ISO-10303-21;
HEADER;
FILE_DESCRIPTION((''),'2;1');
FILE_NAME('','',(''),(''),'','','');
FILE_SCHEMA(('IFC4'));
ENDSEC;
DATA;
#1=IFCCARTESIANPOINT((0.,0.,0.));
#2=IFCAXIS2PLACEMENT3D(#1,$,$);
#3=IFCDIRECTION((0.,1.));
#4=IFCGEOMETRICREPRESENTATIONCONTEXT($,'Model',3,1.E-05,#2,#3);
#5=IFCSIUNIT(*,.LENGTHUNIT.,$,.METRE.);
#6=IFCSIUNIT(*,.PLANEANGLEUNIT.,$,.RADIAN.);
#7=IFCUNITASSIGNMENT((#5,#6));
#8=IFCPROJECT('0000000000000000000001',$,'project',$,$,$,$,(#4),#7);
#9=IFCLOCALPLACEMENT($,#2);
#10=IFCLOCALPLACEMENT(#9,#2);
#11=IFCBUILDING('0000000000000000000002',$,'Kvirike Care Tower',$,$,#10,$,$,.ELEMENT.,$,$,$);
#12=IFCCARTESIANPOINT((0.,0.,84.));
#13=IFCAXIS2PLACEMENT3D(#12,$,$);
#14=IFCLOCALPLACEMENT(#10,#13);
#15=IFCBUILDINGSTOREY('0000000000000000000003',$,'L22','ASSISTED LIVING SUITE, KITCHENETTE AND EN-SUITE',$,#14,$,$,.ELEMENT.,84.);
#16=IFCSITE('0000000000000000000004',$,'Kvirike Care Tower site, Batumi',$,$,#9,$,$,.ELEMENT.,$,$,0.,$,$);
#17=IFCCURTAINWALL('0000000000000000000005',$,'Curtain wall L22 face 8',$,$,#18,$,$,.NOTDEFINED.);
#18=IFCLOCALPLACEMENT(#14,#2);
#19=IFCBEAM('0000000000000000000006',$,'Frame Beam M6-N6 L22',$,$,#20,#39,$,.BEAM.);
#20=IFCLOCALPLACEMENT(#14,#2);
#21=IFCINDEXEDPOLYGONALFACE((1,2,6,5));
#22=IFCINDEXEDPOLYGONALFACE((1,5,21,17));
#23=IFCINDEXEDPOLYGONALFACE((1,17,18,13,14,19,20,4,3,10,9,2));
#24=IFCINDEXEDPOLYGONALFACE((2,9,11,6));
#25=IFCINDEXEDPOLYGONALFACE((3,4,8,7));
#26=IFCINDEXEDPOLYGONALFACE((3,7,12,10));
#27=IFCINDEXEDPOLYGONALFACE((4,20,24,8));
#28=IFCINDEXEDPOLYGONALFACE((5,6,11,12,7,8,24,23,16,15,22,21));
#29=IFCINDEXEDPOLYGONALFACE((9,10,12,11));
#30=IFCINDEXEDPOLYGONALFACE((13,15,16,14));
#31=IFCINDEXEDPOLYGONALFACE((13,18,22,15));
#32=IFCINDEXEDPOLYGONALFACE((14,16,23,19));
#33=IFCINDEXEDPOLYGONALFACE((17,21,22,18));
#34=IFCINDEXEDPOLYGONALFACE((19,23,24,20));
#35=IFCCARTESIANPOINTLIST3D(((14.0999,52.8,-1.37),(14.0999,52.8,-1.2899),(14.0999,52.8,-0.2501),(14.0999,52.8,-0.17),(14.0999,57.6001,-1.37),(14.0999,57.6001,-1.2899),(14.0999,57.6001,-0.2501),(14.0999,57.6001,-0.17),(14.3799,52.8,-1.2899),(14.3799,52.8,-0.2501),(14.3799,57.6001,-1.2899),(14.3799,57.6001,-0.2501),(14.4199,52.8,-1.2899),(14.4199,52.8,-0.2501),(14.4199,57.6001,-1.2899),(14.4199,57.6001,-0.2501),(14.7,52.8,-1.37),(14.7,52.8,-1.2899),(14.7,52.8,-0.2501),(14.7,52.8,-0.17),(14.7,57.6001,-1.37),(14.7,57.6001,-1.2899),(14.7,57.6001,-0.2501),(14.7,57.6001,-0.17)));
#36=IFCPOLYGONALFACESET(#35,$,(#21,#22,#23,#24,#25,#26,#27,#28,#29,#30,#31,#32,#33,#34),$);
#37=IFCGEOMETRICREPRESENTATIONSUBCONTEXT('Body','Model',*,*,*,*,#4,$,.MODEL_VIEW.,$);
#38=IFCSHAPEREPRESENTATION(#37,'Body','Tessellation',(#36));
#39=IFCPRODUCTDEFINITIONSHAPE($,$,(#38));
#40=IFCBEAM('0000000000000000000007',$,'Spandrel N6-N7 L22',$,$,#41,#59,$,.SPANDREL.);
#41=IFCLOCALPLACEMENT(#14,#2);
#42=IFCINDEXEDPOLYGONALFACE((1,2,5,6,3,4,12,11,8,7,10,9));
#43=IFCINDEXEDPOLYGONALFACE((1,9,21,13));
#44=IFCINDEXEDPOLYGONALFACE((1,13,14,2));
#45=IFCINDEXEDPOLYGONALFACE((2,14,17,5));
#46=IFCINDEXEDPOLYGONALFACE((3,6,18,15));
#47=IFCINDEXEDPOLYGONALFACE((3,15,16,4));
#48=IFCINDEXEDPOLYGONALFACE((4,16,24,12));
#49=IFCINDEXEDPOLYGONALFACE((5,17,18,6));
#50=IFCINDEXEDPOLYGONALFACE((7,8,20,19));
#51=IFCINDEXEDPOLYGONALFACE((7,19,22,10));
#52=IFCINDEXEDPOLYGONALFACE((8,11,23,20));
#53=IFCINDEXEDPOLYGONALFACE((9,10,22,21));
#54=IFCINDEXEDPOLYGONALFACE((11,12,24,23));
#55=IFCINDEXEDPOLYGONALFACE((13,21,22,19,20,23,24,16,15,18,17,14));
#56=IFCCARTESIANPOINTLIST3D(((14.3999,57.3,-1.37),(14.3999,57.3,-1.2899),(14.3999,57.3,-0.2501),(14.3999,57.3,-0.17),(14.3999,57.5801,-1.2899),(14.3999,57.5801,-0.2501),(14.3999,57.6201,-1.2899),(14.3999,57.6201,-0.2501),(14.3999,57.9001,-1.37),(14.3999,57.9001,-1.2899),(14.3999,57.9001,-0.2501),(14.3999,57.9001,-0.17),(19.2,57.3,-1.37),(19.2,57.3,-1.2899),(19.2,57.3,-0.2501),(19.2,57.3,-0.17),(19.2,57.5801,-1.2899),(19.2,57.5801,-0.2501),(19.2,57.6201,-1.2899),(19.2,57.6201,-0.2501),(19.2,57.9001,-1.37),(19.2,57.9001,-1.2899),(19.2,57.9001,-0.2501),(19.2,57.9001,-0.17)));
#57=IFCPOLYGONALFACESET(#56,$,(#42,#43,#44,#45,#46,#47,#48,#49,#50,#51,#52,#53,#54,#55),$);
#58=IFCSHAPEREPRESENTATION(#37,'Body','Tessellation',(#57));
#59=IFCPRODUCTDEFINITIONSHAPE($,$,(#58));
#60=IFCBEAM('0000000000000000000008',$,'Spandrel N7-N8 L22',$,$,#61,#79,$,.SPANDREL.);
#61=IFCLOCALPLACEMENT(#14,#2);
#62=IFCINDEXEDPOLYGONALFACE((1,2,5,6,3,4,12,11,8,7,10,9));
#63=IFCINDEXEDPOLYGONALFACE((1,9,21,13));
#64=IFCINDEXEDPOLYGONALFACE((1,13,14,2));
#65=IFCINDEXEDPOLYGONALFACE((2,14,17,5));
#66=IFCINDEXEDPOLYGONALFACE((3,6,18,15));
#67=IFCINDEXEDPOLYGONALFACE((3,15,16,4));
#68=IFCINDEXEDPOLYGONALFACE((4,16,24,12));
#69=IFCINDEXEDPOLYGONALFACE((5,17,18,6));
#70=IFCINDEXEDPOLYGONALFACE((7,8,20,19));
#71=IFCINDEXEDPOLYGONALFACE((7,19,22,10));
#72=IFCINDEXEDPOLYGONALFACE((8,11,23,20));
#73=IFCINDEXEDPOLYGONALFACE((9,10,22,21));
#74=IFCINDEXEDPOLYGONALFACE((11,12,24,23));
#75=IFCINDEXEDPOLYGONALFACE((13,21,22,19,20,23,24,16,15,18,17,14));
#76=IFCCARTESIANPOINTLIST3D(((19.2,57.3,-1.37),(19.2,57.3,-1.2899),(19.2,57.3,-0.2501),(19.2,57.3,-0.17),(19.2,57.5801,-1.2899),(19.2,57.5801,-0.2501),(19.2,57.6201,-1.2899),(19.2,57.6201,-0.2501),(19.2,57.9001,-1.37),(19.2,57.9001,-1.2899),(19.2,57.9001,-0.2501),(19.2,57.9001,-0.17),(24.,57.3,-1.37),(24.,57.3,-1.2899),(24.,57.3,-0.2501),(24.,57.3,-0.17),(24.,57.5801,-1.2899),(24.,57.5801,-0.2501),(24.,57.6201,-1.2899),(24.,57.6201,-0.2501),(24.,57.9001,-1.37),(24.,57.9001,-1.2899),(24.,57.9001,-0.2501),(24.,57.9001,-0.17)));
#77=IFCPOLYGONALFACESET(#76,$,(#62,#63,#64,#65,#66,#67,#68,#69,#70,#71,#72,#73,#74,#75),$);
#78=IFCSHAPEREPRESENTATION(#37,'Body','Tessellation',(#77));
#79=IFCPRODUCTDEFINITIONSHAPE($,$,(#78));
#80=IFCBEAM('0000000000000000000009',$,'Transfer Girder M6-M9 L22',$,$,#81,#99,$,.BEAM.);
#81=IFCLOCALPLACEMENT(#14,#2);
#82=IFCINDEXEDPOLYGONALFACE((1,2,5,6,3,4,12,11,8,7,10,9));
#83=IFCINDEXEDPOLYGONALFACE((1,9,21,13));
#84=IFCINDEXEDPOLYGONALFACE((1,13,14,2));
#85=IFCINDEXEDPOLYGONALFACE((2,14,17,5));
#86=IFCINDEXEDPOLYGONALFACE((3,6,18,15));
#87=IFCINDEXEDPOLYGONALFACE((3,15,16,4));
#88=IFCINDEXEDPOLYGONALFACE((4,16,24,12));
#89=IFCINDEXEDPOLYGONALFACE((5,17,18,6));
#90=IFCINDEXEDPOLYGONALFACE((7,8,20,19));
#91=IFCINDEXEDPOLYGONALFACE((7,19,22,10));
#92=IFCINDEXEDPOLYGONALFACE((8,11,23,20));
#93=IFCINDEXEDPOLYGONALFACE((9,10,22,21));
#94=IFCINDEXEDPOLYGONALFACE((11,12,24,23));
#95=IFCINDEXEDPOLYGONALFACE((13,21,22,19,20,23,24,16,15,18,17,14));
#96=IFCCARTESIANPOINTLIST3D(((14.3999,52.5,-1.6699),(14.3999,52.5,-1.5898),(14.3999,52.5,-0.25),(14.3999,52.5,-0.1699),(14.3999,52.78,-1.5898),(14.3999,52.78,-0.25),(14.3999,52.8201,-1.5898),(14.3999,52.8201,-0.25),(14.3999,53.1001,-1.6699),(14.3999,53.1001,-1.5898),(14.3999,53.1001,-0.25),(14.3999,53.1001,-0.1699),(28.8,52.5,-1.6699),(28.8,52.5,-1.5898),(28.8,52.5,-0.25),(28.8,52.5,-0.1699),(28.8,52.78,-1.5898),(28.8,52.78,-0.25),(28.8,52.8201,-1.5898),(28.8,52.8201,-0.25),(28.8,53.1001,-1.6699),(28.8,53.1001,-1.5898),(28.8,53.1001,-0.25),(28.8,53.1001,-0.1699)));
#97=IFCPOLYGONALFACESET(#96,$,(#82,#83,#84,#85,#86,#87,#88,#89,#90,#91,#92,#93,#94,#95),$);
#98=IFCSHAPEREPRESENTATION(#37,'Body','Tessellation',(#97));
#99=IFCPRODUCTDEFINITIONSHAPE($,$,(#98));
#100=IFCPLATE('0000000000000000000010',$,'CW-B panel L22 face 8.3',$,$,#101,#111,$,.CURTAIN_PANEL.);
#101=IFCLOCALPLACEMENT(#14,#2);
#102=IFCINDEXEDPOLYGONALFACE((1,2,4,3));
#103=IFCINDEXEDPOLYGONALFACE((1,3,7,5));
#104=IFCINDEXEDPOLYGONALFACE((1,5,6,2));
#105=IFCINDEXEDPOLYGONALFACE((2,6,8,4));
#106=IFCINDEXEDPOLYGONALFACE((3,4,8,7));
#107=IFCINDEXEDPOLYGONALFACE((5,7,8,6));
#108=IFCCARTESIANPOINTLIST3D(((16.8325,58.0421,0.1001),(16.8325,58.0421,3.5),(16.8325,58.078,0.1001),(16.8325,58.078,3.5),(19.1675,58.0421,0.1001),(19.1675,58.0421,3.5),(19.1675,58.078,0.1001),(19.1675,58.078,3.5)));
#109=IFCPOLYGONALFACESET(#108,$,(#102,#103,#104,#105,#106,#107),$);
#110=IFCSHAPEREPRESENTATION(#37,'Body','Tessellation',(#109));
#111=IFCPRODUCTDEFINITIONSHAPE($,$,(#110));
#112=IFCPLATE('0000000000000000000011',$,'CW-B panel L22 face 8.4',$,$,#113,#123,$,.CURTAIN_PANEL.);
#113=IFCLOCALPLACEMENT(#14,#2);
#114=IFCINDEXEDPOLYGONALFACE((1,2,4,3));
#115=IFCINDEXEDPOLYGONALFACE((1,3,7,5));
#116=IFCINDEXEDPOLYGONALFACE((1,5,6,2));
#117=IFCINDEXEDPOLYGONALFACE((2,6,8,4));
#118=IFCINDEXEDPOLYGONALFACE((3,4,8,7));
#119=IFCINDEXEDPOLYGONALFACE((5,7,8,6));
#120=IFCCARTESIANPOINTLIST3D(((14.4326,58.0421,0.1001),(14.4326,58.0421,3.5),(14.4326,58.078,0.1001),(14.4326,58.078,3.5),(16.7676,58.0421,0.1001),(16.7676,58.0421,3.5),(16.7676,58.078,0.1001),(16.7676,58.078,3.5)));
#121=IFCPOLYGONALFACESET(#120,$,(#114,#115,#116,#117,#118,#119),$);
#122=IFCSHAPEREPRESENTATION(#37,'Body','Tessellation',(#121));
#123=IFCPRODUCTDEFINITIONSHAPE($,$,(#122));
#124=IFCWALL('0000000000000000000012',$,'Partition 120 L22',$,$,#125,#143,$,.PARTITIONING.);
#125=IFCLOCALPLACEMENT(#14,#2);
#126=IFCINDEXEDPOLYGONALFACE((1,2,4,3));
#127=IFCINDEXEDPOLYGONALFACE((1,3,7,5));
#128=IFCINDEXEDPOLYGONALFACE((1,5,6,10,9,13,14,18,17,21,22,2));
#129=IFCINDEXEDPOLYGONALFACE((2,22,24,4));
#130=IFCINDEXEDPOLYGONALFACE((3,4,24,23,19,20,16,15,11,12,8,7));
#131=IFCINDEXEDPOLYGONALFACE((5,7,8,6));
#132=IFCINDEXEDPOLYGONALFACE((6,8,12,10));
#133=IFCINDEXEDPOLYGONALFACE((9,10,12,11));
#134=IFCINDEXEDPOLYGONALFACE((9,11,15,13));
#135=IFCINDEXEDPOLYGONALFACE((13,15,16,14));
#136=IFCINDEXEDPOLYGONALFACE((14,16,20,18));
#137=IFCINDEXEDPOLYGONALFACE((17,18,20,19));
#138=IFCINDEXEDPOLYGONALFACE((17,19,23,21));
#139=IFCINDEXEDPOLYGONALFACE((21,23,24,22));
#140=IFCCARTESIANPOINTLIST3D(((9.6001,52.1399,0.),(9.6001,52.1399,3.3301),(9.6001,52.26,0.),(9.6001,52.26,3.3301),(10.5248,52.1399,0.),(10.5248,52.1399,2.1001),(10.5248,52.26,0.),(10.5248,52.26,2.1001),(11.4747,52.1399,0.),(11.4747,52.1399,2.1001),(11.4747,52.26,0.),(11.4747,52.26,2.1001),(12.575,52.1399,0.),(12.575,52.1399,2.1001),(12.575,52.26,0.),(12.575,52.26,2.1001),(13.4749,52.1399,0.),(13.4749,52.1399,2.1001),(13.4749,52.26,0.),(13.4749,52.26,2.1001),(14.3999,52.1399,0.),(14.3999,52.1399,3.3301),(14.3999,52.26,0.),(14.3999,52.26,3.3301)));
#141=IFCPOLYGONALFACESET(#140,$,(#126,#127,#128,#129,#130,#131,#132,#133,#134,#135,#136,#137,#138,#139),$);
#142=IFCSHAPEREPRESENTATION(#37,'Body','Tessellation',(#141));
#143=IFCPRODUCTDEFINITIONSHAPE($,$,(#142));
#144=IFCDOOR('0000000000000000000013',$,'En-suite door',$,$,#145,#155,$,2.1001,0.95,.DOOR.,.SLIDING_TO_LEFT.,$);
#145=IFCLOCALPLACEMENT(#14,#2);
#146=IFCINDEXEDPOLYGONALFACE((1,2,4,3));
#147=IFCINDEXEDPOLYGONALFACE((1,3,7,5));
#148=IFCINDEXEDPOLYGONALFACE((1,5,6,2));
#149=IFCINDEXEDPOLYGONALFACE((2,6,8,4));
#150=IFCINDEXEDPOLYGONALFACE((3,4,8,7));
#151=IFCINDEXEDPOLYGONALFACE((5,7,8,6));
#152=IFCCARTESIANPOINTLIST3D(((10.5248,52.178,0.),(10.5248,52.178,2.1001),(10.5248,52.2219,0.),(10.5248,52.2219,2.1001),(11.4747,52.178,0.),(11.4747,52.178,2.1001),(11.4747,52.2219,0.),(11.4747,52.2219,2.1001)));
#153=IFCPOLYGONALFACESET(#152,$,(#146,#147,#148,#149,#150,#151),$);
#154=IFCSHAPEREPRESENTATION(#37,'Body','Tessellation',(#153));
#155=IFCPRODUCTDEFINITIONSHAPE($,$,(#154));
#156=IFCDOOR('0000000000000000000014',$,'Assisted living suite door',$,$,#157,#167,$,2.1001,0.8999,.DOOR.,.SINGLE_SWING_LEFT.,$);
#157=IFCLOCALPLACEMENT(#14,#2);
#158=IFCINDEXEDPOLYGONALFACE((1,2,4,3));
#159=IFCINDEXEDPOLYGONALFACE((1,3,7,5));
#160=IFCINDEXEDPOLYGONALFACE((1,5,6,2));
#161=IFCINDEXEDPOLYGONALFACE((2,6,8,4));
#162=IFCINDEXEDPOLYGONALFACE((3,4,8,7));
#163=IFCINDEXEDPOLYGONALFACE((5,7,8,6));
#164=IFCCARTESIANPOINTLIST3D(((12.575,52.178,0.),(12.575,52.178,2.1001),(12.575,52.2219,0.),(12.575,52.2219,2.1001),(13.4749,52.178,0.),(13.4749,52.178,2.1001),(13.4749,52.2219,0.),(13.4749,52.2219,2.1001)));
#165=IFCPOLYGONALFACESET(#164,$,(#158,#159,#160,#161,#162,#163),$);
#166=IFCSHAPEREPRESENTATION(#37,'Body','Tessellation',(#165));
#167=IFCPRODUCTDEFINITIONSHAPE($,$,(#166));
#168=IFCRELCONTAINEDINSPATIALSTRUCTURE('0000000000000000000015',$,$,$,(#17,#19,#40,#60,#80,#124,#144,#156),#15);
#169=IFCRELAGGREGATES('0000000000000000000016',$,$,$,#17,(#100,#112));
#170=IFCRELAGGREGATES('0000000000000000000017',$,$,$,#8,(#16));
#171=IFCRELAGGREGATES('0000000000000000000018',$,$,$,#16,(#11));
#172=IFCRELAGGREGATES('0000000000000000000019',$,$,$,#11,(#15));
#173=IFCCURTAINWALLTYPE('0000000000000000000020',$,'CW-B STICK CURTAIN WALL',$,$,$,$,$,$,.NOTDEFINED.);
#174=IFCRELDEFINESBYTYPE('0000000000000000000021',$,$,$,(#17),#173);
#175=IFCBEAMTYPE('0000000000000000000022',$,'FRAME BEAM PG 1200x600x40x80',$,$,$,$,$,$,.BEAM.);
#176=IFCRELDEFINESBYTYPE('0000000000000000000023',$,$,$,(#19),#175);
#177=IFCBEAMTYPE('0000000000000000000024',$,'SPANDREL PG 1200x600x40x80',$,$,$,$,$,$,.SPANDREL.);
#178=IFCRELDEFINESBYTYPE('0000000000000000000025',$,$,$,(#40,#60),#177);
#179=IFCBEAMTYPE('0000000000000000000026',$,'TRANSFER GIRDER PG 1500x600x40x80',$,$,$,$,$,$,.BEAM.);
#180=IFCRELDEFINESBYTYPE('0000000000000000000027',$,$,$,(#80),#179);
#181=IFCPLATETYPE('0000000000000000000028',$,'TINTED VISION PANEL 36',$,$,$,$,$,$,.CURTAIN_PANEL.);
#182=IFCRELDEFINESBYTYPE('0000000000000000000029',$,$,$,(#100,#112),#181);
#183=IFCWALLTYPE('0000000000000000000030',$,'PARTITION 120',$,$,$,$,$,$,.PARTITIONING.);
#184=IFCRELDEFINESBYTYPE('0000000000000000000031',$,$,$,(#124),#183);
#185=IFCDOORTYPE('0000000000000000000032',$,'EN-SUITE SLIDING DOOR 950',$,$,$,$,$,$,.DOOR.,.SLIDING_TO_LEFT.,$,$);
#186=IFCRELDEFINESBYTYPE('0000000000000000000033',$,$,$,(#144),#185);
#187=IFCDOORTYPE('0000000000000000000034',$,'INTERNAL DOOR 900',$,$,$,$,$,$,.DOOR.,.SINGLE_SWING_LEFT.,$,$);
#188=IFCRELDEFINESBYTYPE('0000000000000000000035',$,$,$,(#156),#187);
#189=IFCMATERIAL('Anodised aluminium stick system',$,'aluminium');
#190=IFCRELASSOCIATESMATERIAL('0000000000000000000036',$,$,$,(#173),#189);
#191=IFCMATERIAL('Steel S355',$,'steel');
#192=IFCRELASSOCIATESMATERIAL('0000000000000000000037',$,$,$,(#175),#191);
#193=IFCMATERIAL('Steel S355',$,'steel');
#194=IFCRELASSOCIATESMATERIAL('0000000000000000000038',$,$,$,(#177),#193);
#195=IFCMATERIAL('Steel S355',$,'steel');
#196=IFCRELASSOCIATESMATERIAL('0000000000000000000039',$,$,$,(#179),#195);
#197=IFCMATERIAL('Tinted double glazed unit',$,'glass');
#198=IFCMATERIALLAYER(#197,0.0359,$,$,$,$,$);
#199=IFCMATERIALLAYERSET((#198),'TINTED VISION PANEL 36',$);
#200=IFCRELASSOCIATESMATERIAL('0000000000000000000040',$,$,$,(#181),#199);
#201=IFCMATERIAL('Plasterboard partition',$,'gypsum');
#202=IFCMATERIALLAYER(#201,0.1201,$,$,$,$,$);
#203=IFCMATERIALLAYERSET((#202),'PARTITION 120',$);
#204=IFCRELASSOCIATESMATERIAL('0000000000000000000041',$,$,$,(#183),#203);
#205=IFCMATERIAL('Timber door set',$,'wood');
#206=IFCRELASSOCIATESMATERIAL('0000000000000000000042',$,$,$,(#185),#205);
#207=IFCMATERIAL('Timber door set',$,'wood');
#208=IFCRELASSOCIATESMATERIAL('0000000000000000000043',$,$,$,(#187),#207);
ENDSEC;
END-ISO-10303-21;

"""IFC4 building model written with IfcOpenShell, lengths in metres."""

from ifc_helpers import new_model, si_unit, direction, frame, frame_2d, origin, origin_2d, place, context, subcontext, project, spatial, rectangle, i_section, extrude, material, layer, layer_set, material_profile, profile_set, type_object, element, fill, aggregate, save


model = new_model("IFC4")

# Units and contexts
model_context = context("Model", 3, precision=1e-05, world=origin(), true_north=direction((0.0, 1.0)))
body_context = subcontext(model_context, "Body", "Model", "MODEL_VIEW")
ifc_project = project(units=[si_unit("LENGTHUNIT", "METRE"), si_unit("PLANEANGLEUNIT", "RADIAN")], contexts=[model_context])

# Site, building, storey
site_placement = place(None, origin())
site = spatial("IfcSite", under=ifc_project, at=site_placement, Name="Kvirike Care Tower site, Batumi", CompositionType="ELEMENT", RefElevation=0.0)
building_placement = place(site_placement, origin())
building = spatial("IfcBuilding", under=site, at=building_placement, Name="Kvirike Care Tower", CompositionType="ELEMENT")
storey_placement = place(building_placement, frame((0.0, 0.0, 84.0)))
storey = spatial("IfcBuildingStorey", under=building, at=storey_placement, Name="L22", Description="ASSISTED LIVING SUITE, KITCHENETTE AND EN-SUITE", CompositionType="ELEMENT", Elevation=84.0)

# Curtain wall
ifc_material_1 = material(Name="Anodised aluminium stick system", Category="aluminium")
curtain_wall_type = type_object("IfcCurtainWallType", Name="CW-B STICK CURTAIN WALL", PredefinedType="NOTDEFINED", material=ifc_material_1)
curtain_wall_placement = place(storey_placement, origin())
curtain_wall = element("IfcCurtainWall", 1, at=curtain_wall_placement, inside=storey, type_object=curtain_wall_type, Name="Curtain wall L22 face 8", PredefinedType="NOTDEFINED")

# Beams
ifc_material_2 = material(Name="Steel S355", Category="steel")
ifc_material_profile_1 = material_profile(ifc_material_2, i_section(OverallWidth=0.6001, OverallDepth=1.2, WebThickness=0.04, FlangeThickness=0.0801, at=origin_2d()), Name="PG 1200x600x40x80")
ifc_profile_set_1 = profile_set([ifc_material_profile_1], Name="Steel S355")
beam_type_1 = type_object("IfcBeamType", Name="FRAME BEAM PG 1200x600x40x80", PredefinedType="BEAM", material=ifc_profile_set_1)
beam_1_placement = place(storey_placement, frame((14.3999, 52.8, -0.77), z_axis=(0.0, 1.0, 0.0), x_axis=(-1.0, 0.0, 0.0)))
element("IfcBeam", 2, at=beam_1_placement, inside=storey, type_object=beam_type_1, Name="Frame Beam M6-N6 L22", PredefinedType="BEAM", context=body_context, shape_type="SweptSolid", body=[
    extrude(i_section(OverallWidth=0.6001, OverallDepth=1.2, WebThickness=0.04, FlangeThickness=0.0801, at=origin_2d()), origin(), (0.0, 0.0, 1.0), 4.8),
])
ifc_material_3 = material(Name="Steel S355", Category="steel")
ifc_material_profile_2 = material_profile(ifc_material_3, i_section(OverallWidth=0.6001, OverallDepth=1.2, WebThickness=0.04, FlangeThickness=0.0801, at=origin_2d()), Name="PG 1200x600x40x80")
ifc_profile_set_2 = profile_set([ifc_material_profile_2], Name="Steel S355")
beam_type_2 = type_object("IfcBeamType", Name="SPANDREL PG 1200x600x40x80", PredefinedType="SPANDREL", material=ifc_profile_set_2)
for number, where, z_axis, x_axis, name in (
    (3, (14.3999, 57.6001, -0.77), (1.0, 0.0, 0.0), (0.0, 1.0, 0.0), "Spandrel N6-N7 L22"),
    (4, (19.2, 57.6001, -0.77), (1.0, 0.0, 0.0), (0.0, 1.0, 0.0), "Spandrel N7-N8 L22"),
):
    element("IfcBeam", number, at=place(storey_placement, frame(where, z_axis=z_axis, x_axis=x_axis)), inside=storey, type_object=beam_type_2, Name=name, PredefinedType="SPANDREL", context=body_context, shape_type="SweptSolid", body=[
        extrude(i_section(OverallWidth=0.6001, OverallDepth=1.2, WebThickness=0.04, FlangeThickness=0.0801, at=origin_2d()), origin(), (0.0, 0.0, 1.0), 4.8),
    ])
ifc_material_4 = material(Name="Steel S355", Category="steel")
ifc_material_profile_3 = material_profile(ifc_material_4, i_section(OverallWidth=0.6001, OverallDepth=1.5, WebThickness=0.04, FlangeThickness=0.0801, at=origin_2d()), Name="PG 1500x600x40x80")
ifc_profile_set_3 = profile_set([ifc_material_profile_3], Name="Steel S355")
beam_type_3 = type_object("IfcBeamType", Name="TRANSFER GIRDER PG 1500x600x40x80", PredefinedType="BEAM", material=ifc_profile_set_3)
beam_2_placement = place(storey_placement, frame((14.3999, 52.8, -0.9199), z_axis=(1.0, 0.0, 0.0), x_axis=(0.0, 1.0, 0.0)))
element("IfcBeam", 5, at=beam_2_placement, inside=storey, type_object=beam_type_3, Name="Transfer Girder M6-M9 L22", PredefinedType="BEAM", context=body_context, shape_type="SweptSolid", body=[
    extrude(i_section(OverallWidth=0.6001, OverallDepth=1.5, WebThickness=0.04, FlangeThickness=0.0801, at=origin_2d()), origin(), (0.0, 0.0, 1.0), 14.4001),
])

# Plates
ifc_material_5 = material(Name="Tinted double glazed unit", Category="glass")
ifc_layer_1 = layer(ifc_material_5, 0.0359)
ifc_layer_set_1 = layer_set([ifc_layer_1], Name="TINTED VISION PANEL 36")
plate_type = type_object("IfcPlateType", Name="TINTED VISION PANEL 36", PredefinedType="CURTAIN_PANEL", material=ifc_layer_set_1)
plate_1_placement = place(storey_placement, frame((18.0, 58.0601, 0.1001), z_axis=(0.0, 0.0, 1.0), x_axis=(-1.0, 0.0, 0.0)))
plate_1 = element("IfcPlate", 6, at=plate_1_placement, type_object=plate_type, Name="CW-B panel L22 face 8.3", PredefinedType="CURTAIN_PANEL", context=body_context, shape_type="SweptSolid", body=[
    extrude(rectangle(XDim=2.335, YDim=0.0359, at=origin_2d()), origin(), (0.0, 0.0, 1.0), 3.3999),
])
plate_2_placement = place(storey_placement, frame((15.6001, 58.0601, 0.1001), z_axis=(0.0, 0.0, 1.0), x_axis=(-1.0, 0.0, 0.0)))
plate_2 = element("IfcPlate", 7, at=plate_2_placement, type_object=plate_type, Name="CW-B panel L22 face 8.4", PredefinedType="CURTAIN_PANEL", context=body_context, shape_type="SweptSolid", body=[
    extrude(rectangle(XDim=2.335, YDim=0.0359, at=origin_2d()), origin(), (0.0, 0.0, 1.0), 3.3999),
])
aggregate(curtain_wall, [plate_1, plate_2])

# Wall, openings, doors
ifc_material_6 = material(Name="Plasterboard partition", Category="gypsum")
ifc_layer_2 = layer(ifc_material_6, 0.1201)
ifc_layer_set_2 = layer_set([ifc_layer_2], Name="PARTITION 120")
wall_type_1 = type_object("IfcWallType", Name="PARTITION 120", PredefinedType="PARTITIONING", material=ifc_layer_set_2)
wall_1_placement = place(storey_placement, frame((14.3999, 52.2, 0.0), z_axis=(0.0, 0.0, 1.0), x_axis=(-1.0, 0.0, 0.0)))
wall_1 = element("IfcWall", 8, at=wall_1_placement, inside=storey, type_object=wall_type_1, Name="Partition 120 L22", PredefinedType="PARTITIONING", context=body_context, shape_type="SweptSolid", body=[
    extrude(rectangle(XDim=4.7998, YDim=0.1201, at=frame_2d((2.3999, 0.0))), origin(), (0.0, 0.0, 1.0), 3.3301),
])
opening_1_placement = place(wall_1_placement, frame((0.925, 0.0, 0.0)))
opening_1 = element("IfcOpeningElement", 9, at=opening_1_placement, cuts=wall_1, PredefinedType="OPENING", context=body_context, shape_type="SweptSolid", body=[
    extrude(rectangle(XDim=0.8999, YDim=2.1001, at=frame_2d((0.45, 1.05))), frame((0.0, 0.0706, 0.0), z_axis=(0.0, -1.0, 0.0), x_axis=(1.0, 0.0, 0.0)), (0.0, 0.0, 1.0), 0.1411),
])
opening_2_placement = place(wall_1_placement, frame((2.925, 0.0, 0.0)))
opening_2 = element("IfcOpeningElement", 10, at=opening_2_placement, cuts=wall_1, PredefinedType="OPENING", context=body_context, shape_type="SweptSolid", body=[
    extrude(rectangle(XDim=0.95, YDim=2.1001, at=frame_2d((0.4751, 1.05))), frame((0.0, 0.0706, 0.0), z_axis=(0.0, -1.0, 0.0), x_axis=(1.0, 0.0, 0.0)), (0.0, 0.0, 1.0), 0.1411),
])
ifc_material_7 = material(Name="Timber door set", Category="wood")
door_type_1 = type_object("IfcDoorType", Name="EN-SUITE SLIDING DOOR 950", OperationType="SLIDING_TO_LEFT", PredefinedType="DOOR", material=ifc_material_7)
door_1_placement = place(opening_2_placement, origin())
door_1 = element("IfcDoor", 11, at=door_1_placement, inside=storey, type_object=door_type_1, Name="En-suite door", OperationType="SLIDING_TO_LEFT", OverallHeight=2.1001, OverallWidth=0.95, PredefinedType="DOOR", context=body_context, shape_type="SweptSolid", body=[
    extrude(rectangle(XDim=0.95, YDim=2.1001, at=frame_2d((0.4751, 1.05))), frame((0.0, 0.022, 0.0), z_axis=(0.0, -1.0, 0.0), x_axis=(1.0, 0.0, 0.0)), (0.0, 0.0, 1.0), 0.0439),
])
fill(opening_2, door_1)
ifc_material_8 = material(Name="Timber door set", Category="wood")
door_type_2 = type_object("IfcDoorType", Name="INTERNAL DOOR 900", OperationType="SINGLE_SWING_LEFT", PredefinedType="DOOR", material=ifc_material_8)
door_2_placement = place(opening_1_placement, origin())
door_2 = element("IfcDoor", 12, at=door_2_placement, inside=storey, type_object=door_type_2, Name="Assisted living suite door", OperationType="SINGLE_SWING_LEFT", OverallHeight=2.1001, OverallWidth=0.8999, PredefinedType="DOOR", context=body_context, shape_type="SweptSolid", body=[
    extrude(rectangle(XDim=0.8999, YDim=2.1001, at=frame_2d((0.45, 1.05))), frame((0.0, 0.022, 0.0), z_axis=(0.0, -1.0, 0.0), x_axis=(1.0, 0.0, 0.0)), (0.0, 0.0, 1.0), 0.0439),
])
fill(opening_1, door_2)

save(model, "model.ifc")
